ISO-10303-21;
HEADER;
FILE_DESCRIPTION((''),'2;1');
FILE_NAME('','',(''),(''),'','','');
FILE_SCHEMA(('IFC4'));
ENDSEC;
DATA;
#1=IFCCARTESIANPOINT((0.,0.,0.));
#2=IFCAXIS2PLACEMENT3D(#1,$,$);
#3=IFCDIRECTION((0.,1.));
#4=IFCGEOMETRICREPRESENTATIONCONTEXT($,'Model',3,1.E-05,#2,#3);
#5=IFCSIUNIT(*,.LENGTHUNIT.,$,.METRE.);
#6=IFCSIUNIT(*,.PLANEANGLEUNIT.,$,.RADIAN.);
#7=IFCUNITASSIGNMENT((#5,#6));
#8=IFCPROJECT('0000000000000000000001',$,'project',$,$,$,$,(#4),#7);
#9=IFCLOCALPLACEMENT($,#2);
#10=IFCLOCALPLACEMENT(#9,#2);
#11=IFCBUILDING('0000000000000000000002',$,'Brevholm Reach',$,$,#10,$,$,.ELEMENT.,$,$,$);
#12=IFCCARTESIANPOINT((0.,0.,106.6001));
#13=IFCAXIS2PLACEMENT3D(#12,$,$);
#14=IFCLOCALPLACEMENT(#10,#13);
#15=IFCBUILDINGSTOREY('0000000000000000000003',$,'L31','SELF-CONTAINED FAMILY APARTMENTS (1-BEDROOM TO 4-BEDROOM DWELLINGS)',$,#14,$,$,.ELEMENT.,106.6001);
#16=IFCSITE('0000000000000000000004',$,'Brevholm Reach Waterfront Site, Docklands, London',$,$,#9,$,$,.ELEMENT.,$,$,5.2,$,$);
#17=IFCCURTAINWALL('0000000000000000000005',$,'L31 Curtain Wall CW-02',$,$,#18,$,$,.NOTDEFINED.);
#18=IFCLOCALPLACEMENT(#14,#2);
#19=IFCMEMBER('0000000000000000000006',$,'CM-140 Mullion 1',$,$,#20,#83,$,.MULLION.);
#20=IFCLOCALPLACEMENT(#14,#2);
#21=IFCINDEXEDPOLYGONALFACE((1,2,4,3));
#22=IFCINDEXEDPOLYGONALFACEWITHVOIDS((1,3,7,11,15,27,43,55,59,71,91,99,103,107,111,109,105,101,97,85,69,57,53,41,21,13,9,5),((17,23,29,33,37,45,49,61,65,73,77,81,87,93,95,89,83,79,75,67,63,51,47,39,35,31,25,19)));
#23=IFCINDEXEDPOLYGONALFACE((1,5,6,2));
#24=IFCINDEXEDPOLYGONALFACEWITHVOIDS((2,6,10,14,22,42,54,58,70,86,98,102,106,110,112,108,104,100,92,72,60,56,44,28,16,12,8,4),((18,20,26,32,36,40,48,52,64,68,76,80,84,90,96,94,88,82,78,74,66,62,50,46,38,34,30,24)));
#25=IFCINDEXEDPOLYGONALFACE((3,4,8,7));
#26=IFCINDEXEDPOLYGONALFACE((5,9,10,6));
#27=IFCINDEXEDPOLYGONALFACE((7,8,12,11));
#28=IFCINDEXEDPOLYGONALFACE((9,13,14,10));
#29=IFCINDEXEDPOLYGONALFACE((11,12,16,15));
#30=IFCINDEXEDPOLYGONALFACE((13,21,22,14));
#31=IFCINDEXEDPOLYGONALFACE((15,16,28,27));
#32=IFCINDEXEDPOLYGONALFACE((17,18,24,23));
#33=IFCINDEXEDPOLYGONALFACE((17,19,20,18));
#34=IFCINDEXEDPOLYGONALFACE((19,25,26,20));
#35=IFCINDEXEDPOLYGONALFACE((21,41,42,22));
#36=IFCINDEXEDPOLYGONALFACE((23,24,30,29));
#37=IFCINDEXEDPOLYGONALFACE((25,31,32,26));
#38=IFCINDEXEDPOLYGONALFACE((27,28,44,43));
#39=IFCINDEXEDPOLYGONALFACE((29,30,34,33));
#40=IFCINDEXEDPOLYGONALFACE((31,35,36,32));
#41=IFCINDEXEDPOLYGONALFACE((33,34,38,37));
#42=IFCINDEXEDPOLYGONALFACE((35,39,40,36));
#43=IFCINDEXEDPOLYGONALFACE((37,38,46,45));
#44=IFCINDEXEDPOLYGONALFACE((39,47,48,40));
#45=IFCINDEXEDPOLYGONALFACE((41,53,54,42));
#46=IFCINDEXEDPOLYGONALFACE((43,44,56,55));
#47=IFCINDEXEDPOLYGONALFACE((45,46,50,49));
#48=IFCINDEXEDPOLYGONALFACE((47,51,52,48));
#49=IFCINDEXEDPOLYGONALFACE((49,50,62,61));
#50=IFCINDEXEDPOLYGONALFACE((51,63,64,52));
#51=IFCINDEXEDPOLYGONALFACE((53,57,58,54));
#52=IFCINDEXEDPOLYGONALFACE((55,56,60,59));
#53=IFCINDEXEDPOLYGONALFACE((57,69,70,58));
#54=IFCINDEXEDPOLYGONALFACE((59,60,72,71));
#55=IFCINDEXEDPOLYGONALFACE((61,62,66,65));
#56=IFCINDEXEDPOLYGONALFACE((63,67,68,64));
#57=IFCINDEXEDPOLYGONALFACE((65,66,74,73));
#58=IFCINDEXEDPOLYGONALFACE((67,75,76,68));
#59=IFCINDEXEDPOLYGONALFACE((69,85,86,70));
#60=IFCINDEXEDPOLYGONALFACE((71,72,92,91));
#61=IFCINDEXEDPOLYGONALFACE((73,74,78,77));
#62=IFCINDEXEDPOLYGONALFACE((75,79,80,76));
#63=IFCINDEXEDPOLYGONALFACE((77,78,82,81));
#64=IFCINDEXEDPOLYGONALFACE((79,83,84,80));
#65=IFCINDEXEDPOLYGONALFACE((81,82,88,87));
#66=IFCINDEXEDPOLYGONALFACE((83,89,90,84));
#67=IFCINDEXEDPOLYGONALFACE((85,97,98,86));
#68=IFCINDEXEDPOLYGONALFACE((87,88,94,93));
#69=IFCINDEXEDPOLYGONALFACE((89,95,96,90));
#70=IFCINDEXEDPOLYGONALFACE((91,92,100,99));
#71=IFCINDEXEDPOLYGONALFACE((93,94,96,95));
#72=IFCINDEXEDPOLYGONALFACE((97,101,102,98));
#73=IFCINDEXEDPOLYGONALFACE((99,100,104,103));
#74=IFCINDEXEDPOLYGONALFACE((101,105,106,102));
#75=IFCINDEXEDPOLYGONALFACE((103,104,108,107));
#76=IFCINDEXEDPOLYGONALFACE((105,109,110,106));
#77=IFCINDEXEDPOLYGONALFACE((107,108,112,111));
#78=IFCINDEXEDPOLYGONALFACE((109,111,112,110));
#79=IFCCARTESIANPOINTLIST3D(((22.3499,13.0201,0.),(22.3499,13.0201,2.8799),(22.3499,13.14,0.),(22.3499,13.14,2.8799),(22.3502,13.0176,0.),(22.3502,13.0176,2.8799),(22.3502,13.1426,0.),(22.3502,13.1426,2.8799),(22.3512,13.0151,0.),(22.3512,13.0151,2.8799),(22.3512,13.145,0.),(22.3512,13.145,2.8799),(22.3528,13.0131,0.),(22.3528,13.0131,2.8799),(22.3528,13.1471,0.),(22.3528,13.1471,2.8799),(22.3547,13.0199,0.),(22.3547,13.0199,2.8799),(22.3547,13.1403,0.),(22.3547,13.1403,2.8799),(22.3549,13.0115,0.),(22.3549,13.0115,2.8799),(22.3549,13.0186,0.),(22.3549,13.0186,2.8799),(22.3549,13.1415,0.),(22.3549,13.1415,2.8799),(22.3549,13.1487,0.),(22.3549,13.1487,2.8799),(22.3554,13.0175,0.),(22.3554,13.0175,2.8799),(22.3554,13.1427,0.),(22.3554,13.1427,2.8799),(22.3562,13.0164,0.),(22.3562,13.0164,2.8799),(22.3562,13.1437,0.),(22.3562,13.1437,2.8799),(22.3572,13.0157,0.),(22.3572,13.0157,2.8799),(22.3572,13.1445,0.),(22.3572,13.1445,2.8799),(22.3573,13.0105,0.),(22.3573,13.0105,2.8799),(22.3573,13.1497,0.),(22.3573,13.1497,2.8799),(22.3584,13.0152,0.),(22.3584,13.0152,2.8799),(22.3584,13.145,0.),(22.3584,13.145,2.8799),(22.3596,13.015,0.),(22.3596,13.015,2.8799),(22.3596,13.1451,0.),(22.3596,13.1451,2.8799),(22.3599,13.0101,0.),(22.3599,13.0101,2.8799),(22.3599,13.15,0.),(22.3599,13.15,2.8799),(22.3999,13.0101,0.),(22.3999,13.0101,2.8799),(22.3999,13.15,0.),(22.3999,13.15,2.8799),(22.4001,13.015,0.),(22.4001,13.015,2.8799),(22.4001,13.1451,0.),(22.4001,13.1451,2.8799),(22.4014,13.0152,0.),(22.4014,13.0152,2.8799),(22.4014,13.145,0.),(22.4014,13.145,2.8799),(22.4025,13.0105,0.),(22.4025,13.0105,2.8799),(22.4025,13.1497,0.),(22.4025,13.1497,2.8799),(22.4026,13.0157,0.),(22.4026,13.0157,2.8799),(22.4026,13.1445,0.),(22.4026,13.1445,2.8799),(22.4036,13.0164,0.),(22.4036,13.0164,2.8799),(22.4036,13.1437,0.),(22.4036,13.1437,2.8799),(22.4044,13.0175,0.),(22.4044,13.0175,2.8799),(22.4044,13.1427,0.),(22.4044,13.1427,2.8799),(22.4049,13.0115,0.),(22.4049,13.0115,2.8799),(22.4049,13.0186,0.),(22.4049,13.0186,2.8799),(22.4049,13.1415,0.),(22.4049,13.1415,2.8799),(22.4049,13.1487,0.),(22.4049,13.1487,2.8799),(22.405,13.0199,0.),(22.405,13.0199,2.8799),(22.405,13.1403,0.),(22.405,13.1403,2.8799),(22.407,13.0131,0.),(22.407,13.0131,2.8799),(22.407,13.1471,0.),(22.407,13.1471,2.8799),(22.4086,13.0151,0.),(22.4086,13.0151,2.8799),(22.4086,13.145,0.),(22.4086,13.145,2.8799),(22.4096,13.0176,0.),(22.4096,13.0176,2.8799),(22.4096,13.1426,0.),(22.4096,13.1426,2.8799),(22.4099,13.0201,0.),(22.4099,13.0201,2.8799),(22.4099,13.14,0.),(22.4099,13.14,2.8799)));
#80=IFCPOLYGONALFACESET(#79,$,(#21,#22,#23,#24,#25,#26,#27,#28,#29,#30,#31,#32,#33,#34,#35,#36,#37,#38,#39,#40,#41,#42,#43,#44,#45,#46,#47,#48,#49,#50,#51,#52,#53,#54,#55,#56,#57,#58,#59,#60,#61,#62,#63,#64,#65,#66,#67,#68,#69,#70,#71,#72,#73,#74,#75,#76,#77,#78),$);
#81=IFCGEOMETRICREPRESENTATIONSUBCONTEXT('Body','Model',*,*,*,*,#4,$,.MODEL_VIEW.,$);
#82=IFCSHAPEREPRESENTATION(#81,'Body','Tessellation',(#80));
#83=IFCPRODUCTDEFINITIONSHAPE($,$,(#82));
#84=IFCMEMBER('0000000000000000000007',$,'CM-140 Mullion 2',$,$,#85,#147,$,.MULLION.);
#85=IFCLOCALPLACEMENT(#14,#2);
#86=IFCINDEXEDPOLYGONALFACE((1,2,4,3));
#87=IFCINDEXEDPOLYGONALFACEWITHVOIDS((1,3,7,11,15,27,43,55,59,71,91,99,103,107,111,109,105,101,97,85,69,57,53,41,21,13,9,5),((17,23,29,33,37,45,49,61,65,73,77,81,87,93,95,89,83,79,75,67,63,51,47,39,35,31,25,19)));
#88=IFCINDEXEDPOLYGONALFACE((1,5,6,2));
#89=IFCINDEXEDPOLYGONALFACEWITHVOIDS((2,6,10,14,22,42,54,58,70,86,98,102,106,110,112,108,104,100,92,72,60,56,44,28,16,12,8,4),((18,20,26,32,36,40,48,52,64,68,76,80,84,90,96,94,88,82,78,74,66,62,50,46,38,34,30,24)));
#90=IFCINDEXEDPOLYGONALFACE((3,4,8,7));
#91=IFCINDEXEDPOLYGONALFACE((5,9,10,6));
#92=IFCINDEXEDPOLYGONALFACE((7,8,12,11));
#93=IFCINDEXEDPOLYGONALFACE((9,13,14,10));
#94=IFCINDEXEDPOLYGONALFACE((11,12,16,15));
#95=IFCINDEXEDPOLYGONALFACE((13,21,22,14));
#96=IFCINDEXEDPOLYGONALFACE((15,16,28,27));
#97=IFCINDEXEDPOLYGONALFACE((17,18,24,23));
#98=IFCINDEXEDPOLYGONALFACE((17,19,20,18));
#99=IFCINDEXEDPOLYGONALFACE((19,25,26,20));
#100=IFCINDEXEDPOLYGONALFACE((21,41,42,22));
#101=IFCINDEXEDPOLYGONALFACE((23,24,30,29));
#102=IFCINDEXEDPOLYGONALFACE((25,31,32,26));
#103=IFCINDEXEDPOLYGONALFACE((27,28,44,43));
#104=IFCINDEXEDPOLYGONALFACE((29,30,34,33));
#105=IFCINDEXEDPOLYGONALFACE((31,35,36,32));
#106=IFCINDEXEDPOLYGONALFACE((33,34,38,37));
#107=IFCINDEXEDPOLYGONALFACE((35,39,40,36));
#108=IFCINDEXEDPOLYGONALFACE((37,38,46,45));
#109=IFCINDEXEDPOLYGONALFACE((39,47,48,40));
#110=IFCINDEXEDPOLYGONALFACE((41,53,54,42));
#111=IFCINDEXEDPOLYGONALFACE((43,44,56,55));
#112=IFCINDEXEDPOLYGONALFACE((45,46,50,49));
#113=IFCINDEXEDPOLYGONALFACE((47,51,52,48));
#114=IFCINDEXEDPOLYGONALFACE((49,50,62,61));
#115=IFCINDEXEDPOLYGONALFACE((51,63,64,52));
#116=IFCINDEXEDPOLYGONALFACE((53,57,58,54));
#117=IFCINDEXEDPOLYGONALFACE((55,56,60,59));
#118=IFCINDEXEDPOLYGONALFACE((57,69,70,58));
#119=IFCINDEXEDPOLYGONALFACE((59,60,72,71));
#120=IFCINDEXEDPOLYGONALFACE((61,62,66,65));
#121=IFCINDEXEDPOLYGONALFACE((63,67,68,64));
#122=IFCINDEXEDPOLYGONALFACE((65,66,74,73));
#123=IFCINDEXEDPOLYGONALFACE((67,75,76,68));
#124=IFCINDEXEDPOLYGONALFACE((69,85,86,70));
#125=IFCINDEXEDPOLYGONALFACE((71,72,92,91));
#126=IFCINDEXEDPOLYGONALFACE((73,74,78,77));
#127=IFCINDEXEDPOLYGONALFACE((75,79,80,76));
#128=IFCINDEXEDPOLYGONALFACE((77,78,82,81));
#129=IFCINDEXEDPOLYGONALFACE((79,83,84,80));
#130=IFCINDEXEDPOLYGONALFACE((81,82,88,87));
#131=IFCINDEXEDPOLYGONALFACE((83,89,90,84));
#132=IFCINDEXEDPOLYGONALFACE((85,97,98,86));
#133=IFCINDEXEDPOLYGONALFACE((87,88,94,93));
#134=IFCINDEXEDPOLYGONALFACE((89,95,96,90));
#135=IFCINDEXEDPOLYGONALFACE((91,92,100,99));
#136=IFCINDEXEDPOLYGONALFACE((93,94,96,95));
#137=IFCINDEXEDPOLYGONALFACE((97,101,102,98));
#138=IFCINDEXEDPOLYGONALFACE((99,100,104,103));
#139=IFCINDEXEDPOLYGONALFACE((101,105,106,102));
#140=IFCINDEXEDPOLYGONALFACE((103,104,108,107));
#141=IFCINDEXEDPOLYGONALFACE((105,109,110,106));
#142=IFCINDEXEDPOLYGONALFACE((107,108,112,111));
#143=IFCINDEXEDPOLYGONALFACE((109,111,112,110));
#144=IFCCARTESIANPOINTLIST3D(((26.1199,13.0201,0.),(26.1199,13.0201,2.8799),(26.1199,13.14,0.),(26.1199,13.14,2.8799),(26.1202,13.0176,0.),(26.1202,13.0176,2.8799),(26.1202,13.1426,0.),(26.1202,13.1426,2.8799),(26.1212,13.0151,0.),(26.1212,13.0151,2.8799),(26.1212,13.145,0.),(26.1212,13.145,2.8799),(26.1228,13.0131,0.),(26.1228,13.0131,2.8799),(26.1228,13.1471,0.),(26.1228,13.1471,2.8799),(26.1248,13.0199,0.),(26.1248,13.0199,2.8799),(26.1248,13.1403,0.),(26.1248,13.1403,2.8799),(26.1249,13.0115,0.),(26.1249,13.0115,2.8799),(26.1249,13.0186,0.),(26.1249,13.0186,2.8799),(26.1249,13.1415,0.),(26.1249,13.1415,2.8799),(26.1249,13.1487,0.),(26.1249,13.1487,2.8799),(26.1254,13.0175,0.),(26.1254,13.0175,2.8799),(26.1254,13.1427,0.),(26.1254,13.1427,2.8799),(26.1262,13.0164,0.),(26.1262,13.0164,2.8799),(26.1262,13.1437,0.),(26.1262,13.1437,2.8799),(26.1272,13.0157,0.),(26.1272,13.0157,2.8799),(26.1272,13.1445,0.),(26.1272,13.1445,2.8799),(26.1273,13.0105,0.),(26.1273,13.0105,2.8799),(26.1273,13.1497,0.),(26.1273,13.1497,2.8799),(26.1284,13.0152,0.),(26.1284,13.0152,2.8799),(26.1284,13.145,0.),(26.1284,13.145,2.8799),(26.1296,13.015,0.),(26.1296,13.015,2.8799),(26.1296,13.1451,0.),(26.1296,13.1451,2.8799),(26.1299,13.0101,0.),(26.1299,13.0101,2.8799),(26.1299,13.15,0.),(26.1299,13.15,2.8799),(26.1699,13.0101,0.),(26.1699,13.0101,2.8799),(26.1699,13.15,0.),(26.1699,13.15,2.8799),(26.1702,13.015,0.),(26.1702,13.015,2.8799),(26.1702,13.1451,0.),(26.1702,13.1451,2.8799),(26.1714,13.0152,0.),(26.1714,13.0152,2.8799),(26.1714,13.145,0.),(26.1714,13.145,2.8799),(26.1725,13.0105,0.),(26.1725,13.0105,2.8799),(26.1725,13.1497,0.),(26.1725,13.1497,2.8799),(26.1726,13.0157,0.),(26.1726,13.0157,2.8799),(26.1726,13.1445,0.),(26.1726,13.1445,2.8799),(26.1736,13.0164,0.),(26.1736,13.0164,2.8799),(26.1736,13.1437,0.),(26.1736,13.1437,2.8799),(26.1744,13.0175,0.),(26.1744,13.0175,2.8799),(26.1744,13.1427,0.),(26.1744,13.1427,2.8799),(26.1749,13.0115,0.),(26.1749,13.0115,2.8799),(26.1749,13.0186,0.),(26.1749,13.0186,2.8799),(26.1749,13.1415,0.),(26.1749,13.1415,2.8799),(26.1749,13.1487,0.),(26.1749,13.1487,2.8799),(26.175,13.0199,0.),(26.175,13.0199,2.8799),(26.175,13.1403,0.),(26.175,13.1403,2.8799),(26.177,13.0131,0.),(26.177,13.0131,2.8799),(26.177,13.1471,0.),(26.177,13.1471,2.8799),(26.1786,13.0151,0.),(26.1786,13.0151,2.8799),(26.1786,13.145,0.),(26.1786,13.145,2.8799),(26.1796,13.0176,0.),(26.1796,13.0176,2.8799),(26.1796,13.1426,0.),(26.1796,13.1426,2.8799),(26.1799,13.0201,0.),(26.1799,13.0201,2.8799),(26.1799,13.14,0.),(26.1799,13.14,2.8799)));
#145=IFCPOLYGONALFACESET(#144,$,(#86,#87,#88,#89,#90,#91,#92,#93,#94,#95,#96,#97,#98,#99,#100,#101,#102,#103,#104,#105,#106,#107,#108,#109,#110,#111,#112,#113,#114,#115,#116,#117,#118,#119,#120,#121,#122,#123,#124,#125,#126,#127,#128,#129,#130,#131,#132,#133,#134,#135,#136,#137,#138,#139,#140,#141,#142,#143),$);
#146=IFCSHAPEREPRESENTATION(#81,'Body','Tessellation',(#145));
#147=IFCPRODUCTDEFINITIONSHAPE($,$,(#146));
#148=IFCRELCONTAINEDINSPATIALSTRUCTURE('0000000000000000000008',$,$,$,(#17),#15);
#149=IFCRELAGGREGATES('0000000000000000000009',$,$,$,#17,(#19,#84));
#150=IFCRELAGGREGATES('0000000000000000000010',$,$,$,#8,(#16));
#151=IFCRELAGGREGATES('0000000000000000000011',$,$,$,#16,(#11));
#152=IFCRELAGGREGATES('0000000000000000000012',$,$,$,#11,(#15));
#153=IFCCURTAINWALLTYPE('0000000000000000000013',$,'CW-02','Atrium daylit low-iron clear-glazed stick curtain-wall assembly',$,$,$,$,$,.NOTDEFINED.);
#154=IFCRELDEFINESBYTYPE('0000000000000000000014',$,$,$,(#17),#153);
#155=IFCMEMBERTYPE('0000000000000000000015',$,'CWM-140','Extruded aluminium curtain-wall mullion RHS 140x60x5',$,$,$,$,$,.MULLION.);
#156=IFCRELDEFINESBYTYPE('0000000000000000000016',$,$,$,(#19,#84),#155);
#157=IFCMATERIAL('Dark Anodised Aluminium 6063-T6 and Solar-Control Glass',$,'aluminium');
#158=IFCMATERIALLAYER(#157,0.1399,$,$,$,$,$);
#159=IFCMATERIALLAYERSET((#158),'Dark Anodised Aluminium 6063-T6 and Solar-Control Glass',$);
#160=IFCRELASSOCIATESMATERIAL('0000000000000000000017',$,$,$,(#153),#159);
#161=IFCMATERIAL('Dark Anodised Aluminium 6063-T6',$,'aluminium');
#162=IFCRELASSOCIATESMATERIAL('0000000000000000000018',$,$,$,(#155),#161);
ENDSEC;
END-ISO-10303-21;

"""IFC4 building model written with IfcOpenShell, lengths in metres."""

from ifc_helpers import new_model, si_unit, direction, frame, origin, origin_2d, place, context, subcontext, project, spatial, hollow_rectangle, extrude, material, layer, layer_set, material_profile, profile_set, type_object, element, aggregate, save


model = new_model("IFC4")

# Units and contexts
model_context = context("Model", 3, precision=1e-05, world=origin(), true_north=direction((0.0, 1.0)))
body_context = subcontext(model_context, "Body", "Model", "MODEL_VIEW")
ifc_project = project(units=[si_unit("LENGTHUNIT", "METRE"), si_unit("PLANEANGLEUNIT", "RADIAN")], contexts=[model_context])

# Site, building, storey
site_placement = place(None, origin())
site = spatial("IfcSite", under=ifc_project, at=site_placement, Name="Brevholm Reach Waterfront Site, Docklands, London", CompositionType="ELEMENT", RefElevation=5.2)
building_placement = place(site_placement, origin())
building = spatial("IfcBuilding", under=site, at=building_placement, Name="Brevholm Reach", CompositionType="ELEMENT")
storey_placement = place(building_placement, frame((0.0, 0.0, 106.6001)))
storey = spatial("IfcBuildingStorey", under=building, at=storey_placement, Name="L31", Description="SELF-CONTAINED FAMILY APARTMENTS (1-BEDROOM TO 4-BEDROOM DWELLINGS)", CompositionType="ELEMENT", Elevation=106.6001)

# Curtain wall, members
ifc_material_1 = material(Name="Dark Anodised Aluminium 6063-T6 and Solar-Control Glass", Category="aluminium")
ifc_layer_1 = layer(ifc_material_1, 0.1399)
ifc_layer_set_1 = layer_set([ifc_layer_1], Name="Dark Anodised Aluminium 6063-T6 and Solar-Control Glass")
curtain_wall_type = type_object("IfcCurtainWallType", Name="CW-02", Description="Atrium daylit low-iron clear-glazed stick curtain-wall assembly", PredefinedType="NOTDEFINED", material=ifc_layer_set_1)
curtain_wall_placement = place(storey_placement, origin())
curtain_wall = element("IfcCurtainWall", 1, at=curtain_wall_placement, inside=storey, type_object=curtain_wall_type, Name="L31 Curtain Wall CW-02", PredefinedType="NOTDEFINED")
ifc_material_2 = material(Name="Dark Anodised Aluminium 6063-T6", Category="aluminium")
ifc_material_profile_1 = material_profile(ifc_material_2, hollow_rectangle(XDim=0.0601, YDim=0.1399, WallThickness=0.0049, InnerFilletRadius=0.0049, OuterFilletRadius=0.01, at=origin_2d()), Name="RHS 140x60x5")
ifc_profile_set_1 = profile_set([ifc_material_profile_1], Name="Dark Anodised Aluminium 6063-T6")
member_type_1 = type_object("IfcMemberType", Name="CWM-140", Description="Extruded aluminium curtain-wall mullion RHS 140x60x5", PredefinedType="MULLION", material=ifc_profile_set_1)
member_1_placement = place(storey_placement, frame((22.3799, 13.0801, 0.0), z_axis=(0.0, 0.0, 1.0), x_axis=(1.0, 0.0, 0.0)))
member_1 = element("IfcMember", 2, at=member_1_placement, type_object=member_type_1, Name="CM-140 Mullion 1", PredefinedType="MULLION", context=body_context, shape_type="SweptSolid", body=[
    extrude(hollow_rectangle(XDim=0.0601, YDim=0.1399, WallThickness=0.0049, InnerFilletRadius=0.0049, OuterFilletRadius=0.01, at=origin_2d()), origin(), (0.0, 0.0, 1.0), 2.8799),
])
member_2_placement = place(storey_placement, frame((26.1499, 13.0801, 0.0), z_axis=(0.0, 0.0, 1.0), x_axis=(1.0, 0.0, 0.0)))
member_2 = element("IfcMember", 3, at=member_2_placement, type_object=member_type_1, Name="CM-140 Mullion 2", PredefinedType="MULLION", context=body_context, shape_type="SweptSolid", body=[
    extrude(hollow_rectangle(XDim=0.0601, YDim=0.1399, WallThickness=0.0049, InnerFilletRadius=0.0049, OuterFilletRadius=0.01, at=origin_2d()), origin(), (0.0, 0.0, 1.0), 2.8799),
])
aggregate(curtain_wall, [member_1, member_2])

save(model, "model.ifc")
